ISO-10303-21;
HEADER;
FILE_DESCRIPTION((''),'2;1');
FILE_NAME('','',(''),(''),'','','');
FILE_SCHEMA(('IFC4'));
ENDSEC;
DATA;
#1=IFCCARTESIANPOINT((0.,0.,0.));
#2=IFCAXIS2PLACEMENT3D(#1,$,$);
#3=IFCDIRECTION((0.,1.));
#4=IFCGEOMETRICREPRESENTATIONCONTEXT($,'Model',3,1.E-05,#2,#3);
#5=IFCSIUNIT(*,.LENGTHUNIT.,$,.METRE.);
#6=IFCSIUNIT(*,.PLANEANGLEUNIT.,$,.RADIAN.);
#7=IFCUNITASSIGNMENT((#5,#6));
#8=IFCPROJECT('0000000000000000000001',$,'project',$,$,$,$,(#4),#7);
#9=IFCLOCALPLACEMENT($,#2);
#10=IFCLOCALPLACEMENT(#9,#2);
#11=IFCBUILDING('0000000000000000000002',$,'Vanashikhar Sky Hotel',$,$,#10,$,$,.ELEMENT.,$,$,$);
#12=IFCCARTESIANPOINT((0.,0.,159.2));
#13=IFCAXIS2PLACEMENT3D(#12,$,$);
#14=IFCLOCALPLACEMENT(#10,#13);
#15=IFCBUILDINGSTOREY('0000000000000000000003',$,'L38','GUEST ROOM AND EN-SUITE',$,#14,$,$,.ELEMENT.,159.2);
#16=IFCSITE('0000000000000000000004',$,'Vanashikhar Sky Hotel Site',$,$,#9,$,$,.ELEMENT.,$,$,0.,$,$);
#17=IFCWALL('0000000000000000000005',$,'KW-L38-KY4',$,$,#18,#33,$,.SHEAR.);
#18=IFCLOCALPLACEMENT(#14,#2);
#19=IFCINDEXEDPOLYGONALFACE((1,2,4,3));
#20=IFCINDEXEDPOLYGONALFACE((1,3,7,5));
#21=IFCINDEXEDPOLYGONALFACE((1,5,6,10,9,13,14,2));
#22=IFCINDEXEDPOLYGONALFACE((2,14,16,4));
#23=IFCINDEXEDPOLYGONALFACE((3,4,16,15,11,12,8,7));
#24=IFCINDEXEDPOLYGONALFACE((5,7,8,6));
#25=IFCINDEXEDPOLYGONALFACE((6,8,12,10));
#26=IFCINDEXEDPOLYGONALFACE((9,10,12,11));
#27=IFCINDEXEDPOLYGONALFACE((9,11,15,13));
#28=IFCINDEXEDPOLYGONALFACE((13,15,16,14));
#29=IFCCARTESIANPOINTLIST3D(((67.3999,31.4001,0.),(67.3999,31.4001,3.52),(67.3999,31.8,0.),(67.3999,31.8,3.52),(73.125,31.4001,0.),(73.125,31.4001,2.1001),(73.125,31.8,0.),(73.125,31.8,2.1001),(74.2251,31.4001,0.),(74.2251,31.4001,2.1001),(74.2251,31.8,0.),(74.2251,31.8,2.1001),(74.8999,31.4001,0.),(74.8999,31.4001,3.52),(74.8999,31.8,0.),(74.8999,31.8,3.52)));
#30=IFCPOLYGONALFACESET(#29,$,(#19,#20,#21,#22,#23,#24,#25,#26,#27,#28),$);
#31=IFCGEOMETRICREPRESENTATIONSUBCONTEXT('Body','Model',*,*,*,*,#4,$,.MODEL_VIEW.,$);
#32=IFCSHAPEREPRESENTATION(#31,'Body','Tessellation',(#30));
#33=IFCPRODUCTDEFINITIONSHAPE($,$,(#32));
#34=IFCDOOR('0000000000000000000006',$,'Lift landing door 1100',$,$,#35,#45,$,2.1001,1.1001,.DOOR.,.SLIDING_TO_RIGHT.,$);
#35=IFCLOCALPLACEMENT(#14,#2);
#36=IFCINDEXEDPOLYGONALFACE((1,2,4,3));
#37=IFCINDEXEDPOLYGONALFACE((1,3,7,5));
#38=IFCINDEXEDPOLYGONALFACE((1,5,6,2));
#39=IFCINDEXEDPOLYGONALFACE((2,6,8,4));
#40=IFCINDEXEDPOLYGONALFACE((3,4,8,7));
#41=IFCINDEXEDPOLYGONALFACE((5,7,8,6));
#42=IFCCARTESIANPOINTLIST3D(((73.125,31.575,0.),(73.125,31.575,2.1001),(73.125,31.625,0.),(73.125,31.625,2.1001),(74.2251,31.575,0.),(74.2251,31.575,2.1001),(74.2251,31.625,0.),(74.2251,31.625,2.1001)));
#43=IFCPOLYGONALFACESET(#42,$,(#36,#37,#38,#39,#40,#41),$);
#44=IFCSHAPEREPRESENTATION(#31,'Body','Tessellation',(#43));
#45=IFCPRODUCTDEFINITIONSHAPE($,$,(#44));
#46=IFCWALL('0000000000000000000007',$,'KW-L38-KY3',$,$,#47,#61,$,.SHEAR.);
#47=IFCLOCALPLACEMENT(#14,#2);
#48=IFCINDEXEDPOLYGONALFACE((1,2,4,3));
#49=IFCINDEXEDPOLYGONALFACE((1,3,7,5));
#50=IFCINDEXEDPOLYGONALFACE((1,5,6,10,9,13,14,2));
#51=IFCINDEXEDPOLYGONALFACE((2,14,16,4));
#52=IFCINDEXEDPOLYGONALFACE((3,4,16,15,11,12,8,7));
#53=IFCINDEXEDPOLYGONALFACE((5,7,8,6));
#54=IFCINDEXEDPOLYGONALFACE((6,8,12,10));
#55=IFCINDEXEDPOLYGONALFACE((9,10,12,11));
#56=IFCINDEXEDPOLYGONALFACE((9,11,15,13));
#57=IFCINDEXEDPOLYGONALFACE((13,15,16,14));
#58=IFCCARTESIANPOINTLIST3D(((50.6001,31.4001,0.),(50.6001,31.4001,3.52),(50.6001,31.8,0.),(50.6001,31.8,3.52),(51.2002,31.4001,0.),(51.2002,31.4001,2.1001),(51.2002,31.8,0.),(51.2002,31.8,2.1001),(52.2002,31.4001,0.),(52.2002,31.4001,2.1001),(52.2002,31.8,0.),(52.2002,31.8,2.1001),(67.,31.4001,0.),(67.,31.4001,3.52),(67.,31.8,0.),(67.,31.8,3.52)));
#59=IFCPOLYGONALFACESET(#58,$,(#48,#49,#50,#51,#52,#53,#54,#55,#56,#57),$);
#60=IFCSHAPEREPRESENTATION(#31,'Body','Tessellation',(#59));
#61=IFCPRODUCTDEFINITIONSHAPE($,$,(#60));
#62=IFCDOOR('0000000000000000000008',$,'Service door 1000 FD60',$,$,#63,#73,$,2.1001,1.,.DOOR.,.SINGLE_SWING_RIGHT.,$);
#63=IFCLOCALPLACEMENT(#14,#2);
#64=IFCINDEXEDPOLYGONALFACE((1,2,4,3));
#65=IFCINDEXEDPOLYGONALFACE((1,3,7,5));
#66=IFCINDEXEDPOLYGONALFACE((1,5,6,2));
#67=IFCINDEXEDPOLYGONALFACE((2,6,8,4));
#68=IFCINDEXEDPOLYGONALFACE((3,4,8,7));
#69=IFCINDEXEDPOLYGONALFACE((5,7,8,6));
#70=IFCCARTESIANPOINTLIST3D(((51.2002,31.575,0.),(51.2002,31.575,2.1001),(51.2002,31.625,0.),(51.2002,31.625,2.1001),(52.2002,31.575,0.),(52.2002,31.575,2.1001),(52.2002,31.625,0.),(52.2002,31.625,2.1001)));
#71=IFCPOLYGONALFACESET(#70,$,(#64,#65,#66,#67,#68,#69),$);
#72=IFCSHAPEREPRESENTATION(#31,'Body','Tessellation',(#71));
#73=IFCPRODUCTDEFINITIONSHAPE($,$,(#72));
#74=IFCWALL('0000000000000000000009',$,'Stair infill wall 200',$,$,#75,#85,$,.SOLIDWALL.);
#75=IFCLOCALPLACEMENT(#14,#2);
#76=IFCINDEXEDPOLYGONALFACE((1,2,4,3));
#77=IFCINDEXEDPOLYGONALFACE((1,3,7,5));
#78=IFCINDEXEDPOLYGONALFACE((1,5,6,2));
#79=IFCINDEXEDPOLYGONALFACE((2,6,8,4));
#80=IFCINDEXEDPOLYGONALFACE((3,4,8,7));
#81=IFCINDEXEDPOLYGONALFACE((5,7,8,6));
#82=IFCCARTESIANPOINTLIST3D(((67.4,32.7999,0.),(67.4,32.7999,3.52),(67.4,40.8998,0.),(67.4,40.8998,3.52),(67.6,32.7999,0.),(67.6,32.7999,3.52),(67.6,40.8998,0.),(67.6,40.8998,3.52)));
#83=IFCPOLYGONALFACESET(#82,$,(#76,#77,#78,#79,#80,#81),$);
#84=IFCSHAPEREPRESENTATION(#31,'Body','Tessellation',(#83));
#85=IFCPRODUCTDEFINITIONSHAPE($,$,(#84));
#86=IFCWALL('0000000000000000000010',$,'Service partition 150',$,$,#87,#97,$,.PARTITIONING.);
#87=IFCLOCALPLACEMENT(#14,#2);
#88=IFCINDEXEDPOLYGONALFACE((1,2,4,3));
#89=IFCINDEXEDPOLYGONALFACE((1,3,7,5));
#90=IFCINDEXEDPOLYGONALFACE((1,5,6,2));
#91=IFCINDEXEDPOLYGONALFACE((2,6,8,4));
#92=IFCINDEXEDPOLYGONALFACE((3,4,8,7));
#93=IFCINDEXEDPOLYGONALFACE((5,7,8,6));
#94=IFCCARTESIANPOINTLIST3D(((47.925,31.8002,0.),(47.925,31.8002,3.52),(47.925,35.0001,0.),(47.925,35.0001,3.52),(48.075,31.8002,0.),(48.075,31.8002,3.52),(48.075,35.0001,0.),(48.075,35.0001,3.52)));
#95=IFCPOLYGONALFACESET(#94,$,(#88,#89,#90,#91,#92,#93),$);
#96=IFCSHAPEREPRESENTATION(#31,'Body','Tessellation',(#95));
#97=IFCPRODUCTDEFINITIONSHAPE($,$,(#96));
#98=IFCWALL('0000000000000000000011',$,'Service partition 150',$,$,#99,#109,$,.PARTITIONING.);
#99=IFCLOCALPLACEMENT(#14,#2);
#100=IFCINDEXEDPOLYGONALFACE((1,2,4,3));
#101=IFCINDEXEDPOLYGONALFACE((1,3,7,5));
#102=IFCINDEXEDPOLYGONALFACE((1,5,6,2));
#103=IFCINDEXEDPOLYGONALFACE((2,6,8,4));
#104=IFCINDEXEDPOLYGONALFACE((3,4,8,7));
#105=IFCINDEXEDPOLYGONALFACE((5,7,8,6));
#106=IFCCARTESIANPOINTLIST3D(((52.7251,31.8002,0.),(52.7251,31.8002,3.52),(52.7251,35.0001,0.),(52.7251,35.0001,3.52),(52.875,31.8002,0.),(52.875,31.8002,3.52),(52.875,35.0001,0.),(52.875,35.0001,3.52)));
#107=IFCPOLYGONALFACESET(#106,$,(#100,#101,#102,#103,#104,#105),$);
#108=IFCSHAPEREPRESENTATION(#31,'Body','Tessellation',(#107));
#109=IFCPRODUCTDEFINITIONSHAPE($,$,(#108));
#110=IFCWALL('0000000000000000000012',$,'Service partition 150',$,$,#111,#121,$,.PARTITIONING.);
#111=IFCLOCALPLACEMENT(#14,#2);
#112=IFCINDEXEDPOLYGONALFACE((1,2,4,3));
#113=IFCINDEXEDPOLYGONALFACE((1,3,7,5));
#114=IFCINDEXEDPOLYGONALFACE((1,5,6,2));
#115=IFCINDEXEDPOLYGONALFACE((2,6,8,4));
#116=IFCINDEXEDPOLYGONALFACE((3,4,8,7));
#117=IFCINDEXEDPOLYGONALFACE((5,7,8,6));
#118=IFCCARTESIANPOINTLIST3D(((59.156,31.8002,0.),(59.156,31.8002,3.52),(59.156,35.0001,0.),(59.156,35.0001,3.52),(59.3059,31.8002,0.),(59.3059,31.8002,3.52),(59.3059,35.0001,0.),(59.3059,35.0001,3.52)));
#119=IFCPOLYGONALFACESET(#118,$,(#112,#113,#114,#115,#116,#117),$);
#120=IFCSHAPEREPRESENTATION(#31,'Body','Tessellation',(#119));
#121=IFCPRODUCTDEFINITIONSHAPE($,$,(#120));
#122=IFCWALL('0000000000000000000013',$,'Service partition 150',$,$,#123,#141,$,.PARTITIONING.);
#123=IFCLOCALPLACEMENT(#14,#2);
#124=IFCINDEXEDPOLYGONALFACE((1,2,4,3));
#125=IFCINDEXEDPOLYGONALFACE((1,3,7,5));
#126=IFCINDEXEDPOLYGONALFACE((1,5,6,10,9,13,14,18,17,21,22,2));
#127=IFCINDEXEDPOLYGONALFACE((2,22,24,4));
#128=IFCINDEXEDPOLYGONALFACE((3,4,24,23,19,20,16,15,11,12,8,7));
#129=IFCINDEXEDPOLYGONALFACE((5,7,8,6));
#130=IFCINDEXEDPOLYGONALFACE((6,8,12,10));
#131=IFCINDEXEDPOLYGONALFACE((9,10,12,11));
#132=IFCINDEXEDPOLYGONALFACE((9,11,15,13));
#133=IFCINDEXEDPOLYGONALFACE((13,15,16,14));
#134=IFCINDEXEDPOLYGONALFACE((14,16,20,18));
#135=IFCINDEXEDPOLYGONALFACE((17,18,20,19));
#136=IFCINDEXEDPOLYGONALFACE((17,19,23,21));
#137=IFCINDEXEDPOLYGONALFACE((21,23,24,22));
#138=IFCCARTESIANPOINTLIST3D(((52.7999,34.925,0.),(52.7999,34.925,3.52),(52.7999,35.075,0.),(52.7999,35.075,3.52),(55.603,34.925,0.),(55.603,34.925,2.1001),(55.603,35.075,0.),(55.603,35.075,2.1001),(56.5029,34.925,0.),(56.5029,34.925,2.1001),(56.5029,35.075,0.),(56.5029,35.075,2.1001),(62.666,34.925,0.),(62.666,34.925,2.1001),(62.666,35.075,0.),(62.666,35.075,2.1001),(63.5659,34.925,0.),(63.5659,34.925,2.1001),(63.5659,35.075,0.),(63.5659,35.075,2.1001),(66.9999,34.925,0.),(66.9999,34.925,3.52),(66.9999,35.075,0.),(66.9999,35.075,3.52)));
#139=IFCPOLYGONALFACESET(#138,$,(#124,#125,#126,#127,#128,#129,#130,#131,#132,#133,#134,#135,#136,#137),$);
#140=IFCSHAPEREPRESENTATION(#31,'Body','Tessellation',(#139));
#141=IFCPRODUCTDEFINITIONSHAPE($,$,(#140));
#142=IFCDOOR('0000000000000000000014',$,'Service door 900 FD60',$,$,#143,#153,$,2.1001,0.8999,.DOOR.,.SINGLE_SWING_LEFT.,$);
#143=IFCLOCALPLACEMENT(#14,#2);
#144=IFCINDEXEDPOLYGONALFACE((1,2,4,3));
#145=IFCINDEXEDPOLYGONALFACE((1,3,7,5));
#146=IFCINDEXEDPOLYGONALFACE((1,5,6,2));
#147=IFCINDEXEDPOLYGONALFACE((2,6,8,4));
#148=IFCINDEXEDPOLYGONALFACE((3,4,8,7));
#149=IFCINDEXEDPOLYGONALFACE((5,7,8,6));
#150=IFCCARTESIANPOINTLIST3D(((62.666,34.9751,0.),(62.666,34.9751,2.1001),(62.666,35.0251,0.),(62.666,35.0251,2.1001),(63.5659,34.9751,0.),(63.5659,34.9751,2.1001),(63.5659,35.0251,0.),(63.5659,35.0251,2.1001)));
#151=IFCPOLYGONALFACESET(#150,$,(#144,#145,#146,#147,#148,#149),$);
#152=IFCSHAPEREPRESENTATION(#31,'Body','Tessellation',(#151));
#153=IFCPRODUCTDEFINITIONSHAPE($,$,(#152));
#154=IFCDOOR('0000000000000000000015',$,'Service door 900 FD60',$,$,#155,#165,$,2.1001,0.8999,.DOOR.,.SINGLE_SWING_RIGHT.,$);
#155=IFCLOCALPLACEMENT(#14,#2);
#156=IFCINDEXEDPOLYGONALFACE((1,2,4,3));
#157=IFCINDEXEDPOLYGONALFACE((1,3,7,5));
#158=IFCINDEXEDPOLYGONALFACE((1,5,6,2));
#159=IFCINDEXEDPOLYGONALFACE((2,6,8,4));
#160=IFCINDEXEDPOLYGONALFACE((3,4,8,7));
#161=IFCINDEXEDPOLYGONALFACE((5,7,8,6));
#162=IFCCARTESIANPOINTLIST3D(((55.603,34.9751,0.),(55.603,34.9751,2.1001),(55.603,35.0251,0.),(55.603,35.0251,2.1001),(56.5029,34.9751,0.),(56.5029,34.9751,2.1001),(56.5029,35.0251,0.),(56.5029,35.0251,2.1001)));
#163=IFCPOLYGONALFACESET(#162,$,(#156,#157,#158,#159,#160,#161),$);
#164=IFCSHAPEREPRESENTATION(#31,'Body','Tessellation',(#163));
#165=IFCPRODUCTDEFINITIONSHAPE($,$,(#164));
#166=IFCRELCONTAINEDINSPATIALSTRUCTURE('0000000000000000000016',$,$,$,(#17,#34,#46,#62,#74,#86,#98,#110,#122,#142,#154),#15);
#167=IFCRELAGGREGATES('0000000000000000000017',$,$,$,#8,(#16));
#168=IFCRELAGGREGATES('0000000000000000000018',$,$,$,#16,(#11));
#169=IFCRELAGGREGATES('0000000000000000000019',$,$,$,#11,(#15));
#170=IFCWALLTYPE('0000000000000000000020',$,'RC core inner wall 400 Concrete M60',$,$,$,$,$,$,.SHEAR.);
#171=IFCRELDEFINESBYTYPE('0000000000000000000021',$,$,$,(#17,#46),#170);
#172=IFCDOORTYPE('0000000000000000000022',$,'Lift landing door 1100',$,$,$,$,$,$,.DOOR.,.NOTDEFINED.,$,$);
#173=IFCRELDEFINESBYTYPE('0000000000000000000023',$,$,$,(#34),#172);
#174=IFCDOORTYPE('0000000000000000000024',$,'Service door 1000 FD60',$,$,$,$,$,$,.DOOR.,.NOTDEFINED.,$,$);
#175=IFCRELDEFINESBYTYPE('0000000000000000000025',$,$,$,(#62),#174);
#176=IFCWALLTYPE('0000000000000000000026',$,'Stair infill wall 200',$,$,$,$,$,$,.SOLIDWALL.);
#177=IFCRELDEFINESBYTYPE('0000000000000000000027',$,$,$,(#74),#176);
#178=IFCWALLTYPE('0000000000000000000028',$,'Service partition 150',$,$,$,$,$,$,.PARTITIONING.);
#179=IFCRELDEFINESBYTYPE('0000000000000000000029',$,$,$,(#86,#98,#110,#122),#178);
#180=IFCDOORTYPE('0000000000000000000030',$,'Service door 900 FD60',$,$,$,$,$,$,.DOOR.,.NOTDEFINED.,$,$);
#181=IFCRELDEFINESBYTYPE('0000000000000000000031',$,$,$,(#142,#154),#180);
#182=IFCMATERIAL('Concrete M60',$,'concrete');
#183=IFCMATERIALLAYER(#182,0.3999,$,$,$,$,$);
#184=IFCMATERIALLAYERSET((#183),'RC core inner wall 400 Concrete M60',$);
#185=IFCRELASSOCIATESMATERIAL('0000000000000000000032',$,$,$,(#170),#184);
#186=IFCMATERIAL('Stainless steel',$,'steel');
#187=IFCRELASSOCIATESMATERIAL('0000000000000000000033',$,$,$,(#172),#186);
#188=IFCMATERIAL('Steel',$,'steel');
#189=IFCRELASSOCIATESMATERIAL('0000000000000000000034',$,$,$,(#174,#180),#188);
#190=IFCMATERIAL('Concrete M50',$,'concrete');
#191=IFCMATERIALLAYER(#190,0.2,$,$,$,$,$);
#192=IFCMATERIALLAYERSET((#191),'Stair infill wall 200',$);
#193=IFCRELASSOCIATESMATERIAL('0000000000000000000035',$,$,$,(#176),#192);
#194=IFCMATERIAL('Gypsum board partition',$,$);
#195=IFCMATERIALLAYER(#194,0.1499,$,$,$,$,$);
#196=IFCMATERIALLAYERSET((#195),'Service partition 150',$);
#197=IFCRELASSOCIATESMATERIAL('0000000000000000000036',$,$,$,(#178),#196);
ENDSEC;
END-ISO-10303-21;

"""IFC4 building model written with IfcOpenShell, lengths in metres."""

from ifc_helpers import new_model, si_unit, direction, frame, frame_2d, origin, place, context, subcontext, project, spatial, rectangle, extrude, source, transform, mapped, material, layer, layer_set, type_object, element, fill, save


model = new_model("IFC4")

# Units and contexts
model_context = context("Model", 3, precision=1e-05, world=origin(), true_north=direction((0.0, 1.0)))
body_context = subcontext(model_context, "Body", "Model", "MODEL_VIEW")
ifc_project = project(units=[si_unit("LENGTHUNIT", "METRE"), si_unit("PLANEANGLEUNIT", "RADIAN")], contexts=[model_context])

# Site, building, storey
site_placement = place(None, origin())
site = spatial("IfcSite", under=ifc_project, at=site_placement, Name="Vanashikhar Sky Hotel Site", CompositionType="ELEMENT", RefElevation=0.0)
building_placement = place(site_placement, origin())
building = spatial("IfcBuilding", under=site, at=building_placement, Name="Vanashikhar Sky Hotel", CompositionType="ELEMENT")
storey_placement = place(building_placement, frame((0.0, 0.0, 159.2)))
storey = spatial("IfcBuildingStorey", under=building, at=storey_placement, Name="L38", Description="GUEST ROOM AND EN-SUITE", CompositionType="ELEMENT", Elevation=159.2)

# Walls, openings, doors
ifc_material_1 = material(Name="Concrete M60", Category="concrete")
ifc_layer_1 = layer(ifc_material_1, 0.3999)
ifc_layer_set_1 = layer_set([ifc_layer_1], Name="RC core inner wall 400 Concrete M60")
wall_type_1 = type_object("IfcWallType", Name="RC core inner wall 400 Concrete M60", PredefinedType="SHEAR", material=ifc_layer_set_1)
shared_shape_1 = source(origin(), body_context, "Body", "SweptSolid", [
    extrude(rectangle(XDim=7.5, YDim=0.3999, at=frame_2d((3.75, 0.0))), origin(), (0.0, 0.0, 1.0), 3.52),
])
wall_1_placement = place(storey_placement, frame((67.3999, 31.6001, 0.0), z_axis=(0.0, 0.0, 1.0), x_axis=(1.0, 0.0, 0.0)))
wall_1 = element("IfcWall", 1, at=wall_1_placement, inside=storey, type_object=wall_type_1, Name="KW-L38-KY4", PredefinedType="SHEAR", context=body_context, shape_type="MappedRepresentation", body=[
    mapped(shared_shape_1, transform((0.0, 0.0, 0.0), scale=1.0)),
])
shared_shape_2 = source(origin(), body_context, "Body", "SweptSolid", [
    extrude(rectangle(XDim=1.1001, YDim=2.1001, at=frame_2d((0.55, 1.05))), frame((0.0, 0.21, 0.0), z_axis=(0.0, -1.0, 0.0), x_axis=(1.0, 0.0, 0.0)), (0.0, 0.0, 1.0), 0.4199),
])
opening_1_placement = place(wall_1_placement, frame((5.7251, 0.0, 0.0)))
opening_1 = element("IfcOpeningElement", 2, at=opening_1_placement, cuts=wall_1, PredefinedType="OPENING", context=body_context, shape_type="MappedRepresentation", body=[
    mapped(shared_shape_2, transform((0.0, 0.0, 0.0), scale=1.0)),
])
ifc_material_2 = material(Name="Stainless steel", Category="steel")
door_type_1 = type_object("IfcDoorType", Name="Lift landing door 1100", OperationType="NOTDEFINED", PredefinedType="DOOR", material=ifc_material_2)
shared_shape_3 = source(origin(), body_context, "Body", "SweptSolid", [
    extrude(rectangle(XDim=1.1001, YDim=2.1001, at=frame_2d((0.55, 1.05))), frame((0.0, 0.0249, 0.0), z_axis=(0.0, -1.0, 0.0), x_axis=(1.0, 0.0, 0.0)), (0.0, 0.0, 1.0), 0.05),
])
door_1_placement = place(opening_1_placement, origin())
door_1 = element("IfcDoor", 3, at=door_1_placement, inside=storey, type_object=door_type_1, Name="Lift landing door 1100", OperationType="SLIDING_TO_RIGHT", OverallHeight=2.1001, OverallWidth=1.1001, PredefinedType="DOOR", context=body_context, shape_type="MappedRepresentation", body=[
    mapped(shared_shape_3, transform((0.0, 0.0, 0.0), scale=1.0)),
])
fill(opening_1, door_1)
shared_shape_4 = source(origin(), body_context, "Body", "SweptSolid", [
    extrude(rectangle(XDim=16.3999, YDim=0.3999, at=frame_2d((8.2, 0.0))), origin(), (0.0, 0.0, 1.0), 3.52),
])
wall_2_placement = place(storey_placement, frame((50.6001, 31.6001, 0.0), z_axis=(0.0, 0.0, 1.0), x_axis=(1.0, 0.0, 0.0)))
wall_2 = element("IfcWall", 4, at=wall_2_placement, inside=storey, type_object=wall_type_1, Name="KW-L38-KY3", PredefinedType="SHEAR", context=body_context, shape_type="MappedRepresentation", body=[
    mapped(shared_shape_4, transform((0.0, 0.0, 0.0), scale=1.0)),
])
shared_shape_5 = source(origin(), body_context, "Body", "SweptSolid", [
    extrude(rectangle(XDim=1.0, YDim=2.1001, at=frame_2d((0.5, 1.05))), frame((0.0, 0.21, 0.0), z_axis=(0.0, -1.0, 0.0), x_axis=(1.0, 0.0, 0.0)), (0.0, 0.0, 1.0), 0.4199),
])
opening_2_placement = place(wall_2_placement, frame((0.6001, 0.0, 0.0)))
opening_2 = element("IfcOpeningElement", 5, at=opening_2_placement, cuts=wall_2, PredefinedType="OPENING", context=body_context, shape_type="MappedRepresentation", body=[
    mapped(shared_shape_5, transform((0.0, 0.0, 0.0), scale=1.0)),
])
ifc_material_3 = material(Name="Steel", Category="steel")
door_type_2 = type_object("IfcDoorType", Name="Service door 1000 FD60", OperationType="NOTDEFINED", PredefinedType="DOOR", material=ifc_material_3)
shared_shape_6 = source(origin(), body_context, "Body", "SweptSolid", [
    extrude(rectangle(XDim=1.0, YDim=2.1001, at=frame_2d((0.5, 1.05))), frame((0.0, 0.0249, 0.0), z_axis=(0.0, -1.0, 0.0), x_axis=(1.0, 0.0, 0.0)), (0.0, 0.0, 1.0), 0.05),
])
door_2_placement = place(opening_2_placement, origin())
door_2 = element("IfcDoor", 6, at=door_2_placement, inside=storey, type_object=door_type_2, Name="Service door 1000 FD60", OperationType="SINGLE_SWING_RIGHT", OverallHeight=2.1001, OverallWidth=1.0, PredefinedType="DOOR", context=body_context, shape_type="MappedRepresentation", body=[
    mapped(shared_shape_6, transform((0.0, 0.0, 0.0), scale=1.0)),
])
fill(opening_2, door_2)

# Walls
ifc_material_4 = material(Name="Concrete M50", Category="concrete")
ifc_layer_2 = layer(ifc_material_4, 0.2)
ifc_layer_set_2 = layer_set([ifc_layer_2], Name="Stair infill wall 200")
wall_type_2 = type_object("IfcWallType", Name="Stair infill wall 200", PredefinedType="SOLIDWALL", material=ifc_layer_set_2)
shared_shape_7 = source(origin(), body_context, "Body", "SweptSolid", [
    extrude(rectangle(XDim=8.0999, YDim=0.2, at=frame_2d((4.0498, 0.0))), origin(), (0.0, 0.0, 1.0), 3.52),
])
wall_3_placement = place(storey_placement, frame((67.5, 32.8, 0.0), z_axis=(0.0, 0.0, 1.0), x_axis=(0.0, 1.0, 0.0)))
element("IfcWall", 7, at=wall_3_placement, inside=storey, type_object=wall_type_2, Name="Stair infill wall 200", PredefinedType="SOLIDWALL", context=body_context, shape_type="MappedRepresentation", body=[
    mapped(shared_shape_7, transform((0.0, 0.0, 0.0), scale=1.0)),
])
ifc_material_5 = material(Name="Gypsum board partition")
ifc_layer_3 = layer(ifc_material_5, 0.1499)
ifc_layer_set_3 = layer_set([ifc_layer_3], Name="Service partition 150")
wall_type_3 = type_object("IfcWallType", Name="Service partition 150", PredefinedType="PARTITIONING", material=ifc_layer_set_3)
shared_shape_8 = source(origin(), body_context, "Body", "SweptSolid", [
    extrude(rectangle(XDim=3.2, YDim=0.1499, at=frame_2d((1.6001, 0.0))), origin(), (0.0, 0.0, 1.0), 3.52),
])
for number, where, z_axis, x_axis, name in (
    (8, (48.0, 31.8, 0.0), (0.0, 0.0, 1.0), (0.0, 1.0, 0.0), "Service partition 150"),
    (9, (52.8, 31.8, 0.0), (0.0, 0.0, 1.0), (0.0, 1.0, 0.0), "Service partition 150"),
    (10, (59.231, 31.8, 0.0), (0.0, 0.0, 1.0), (0.0, 1.0, 0.0), "Service partition 150"),
):
    element("IfcWall", number, at=place(storey_placement, frame(where, z_axis=z_axis, x_axis=x_axis)), inside=storey, type_object=wall_type_3, Name=name, PredefinedType="PARTITIONING", context=body_context, shape_type="MappedRepresentation", body=[
        mapped(shared_shape_8, transform((0.0, 0.0, 0.0), scale=1.0)),
    ])

# Wall, openings, doors
shared_shape_9 = source(origin(), body_context, "Body", "SweptSolid", [
    extrude(rectangle(XDim=14.2, YDim=0.1499, at=frame_2d((7.1001, 0.0))), origin(), (0.0, 0.0, 1.0), 3.52),
])
wall_4_placement = place(storey_placement, frame((67.0, 35.0, 0.0), z_axis=(0.0, 0.0, 1.0), x_axis=(-1.0, 0.0, 0.0)))
wall_4 = element("IfcWall", 11, at=wall_4_placement, inside=storey, type_object=wall_type_3, Name="Service partition 150", PredefinedType="PARTITIONING", context=body_context, shape_type="MappedRepresentation", body=[
    mapped(shared_shape_9, transform((0.0, 0.0, 0.0), scale=1.0)),
])
shared_shape_10 = source(origin(), body_context, "Body", "SweptSolid", [
    extrude(rectangle(XDim=0.8999, YDim=2.1001, at=frame_2d((0.45, 1.05))), frame((0.0, 0.085, 0.0), z_axis=(0.0, -1.0, 0.0), x_axis=(1.0, 0.0, 0.0)), (0.0, 0.0, 1.0), 0.1699),
])
opening_3_placement = place(wall_4_placement, frame((3.4341, 0.0, 0.0)))
opening_3 = element("IfcOpeningElement", 12, at=opening_3_placement, cuts=wall_4, PredefinedType="OPENING", context=body_context, shape_type="MappedRepresentation", body=[
    mapped(shared_shape_10, transform((0.0, 0.0, 0.0), scale=1.0)),
])
opening_4_placement = place(wall_4_placement, frame((10.4971, 0.0, 0.0)))
opening_4 = element("IfcOpeningElement", 13, at=opening_4_placement, cuts=wall_4, PredefinedType="OPENING", context=body_context, shape_type="MappedRepresentation", body=[
    mapped(shared_shape_10, transform((0.0, 0.0, 0.0), scale=1.0)),
])
door_type_3 = type_object("IfcDoorType", Name="Service door 900 FD60", OperationType="NOTDEFINED", PredefinedType="DOOR", material=ifc_material_3)
shared_shape_11 = source(origin(), body_context, "Body", "SweptSolid", [
    extrude(rectangle(XDim=0.8999, YDim=2.1001, at=frame_2d((0.45, 1.05))), frame((0.0, 0.0249, 0.0), z_axis=(0.0, -1.0, 0.0), x_axis=(1.0, 0.0, 0.0)), (0.0, 0.0, 1.0), 0.05),
])
door_3_placement = place(opening_3_placement, origin())
door_3 = element("IfcDoor", 14, at=door_3_placement, inside=storey, type_object=door_type_3, Name="Service door 900 FD60", OperationType="SINGLE_SWING_LEFT", OverallHeight=2.1001, OverallWidth=0.8999, PredefinedType="DOOR", context=body_context, shape_type="MappedRepresentation", body=[
    mapped(shared_shape_11, transform((0.0, 0.0, 0.0), scale=1.0)),
])
fill(opening_3, door_3)
door_4_placement = place(opening_4_placement, origin())
door_4 = element("IfcDoor", 15, at=door_4_placement, inside=storey, type_object=door_type_3, Name="Service door 900 FD60", OperationType="SINGLE_SWING_RIGHT", OverallHeight=2.1001, OverallWidth=0.8999, PredefinedType="DOOR", context=body_context, shape_type="MappedRepresentation", body=[
    mapped(shared_shape_11, transform((0.0, 0.0, 0.0), scale=1.0)),
])
fill(opening_4, door_4)

save(model, "model.ifc")
